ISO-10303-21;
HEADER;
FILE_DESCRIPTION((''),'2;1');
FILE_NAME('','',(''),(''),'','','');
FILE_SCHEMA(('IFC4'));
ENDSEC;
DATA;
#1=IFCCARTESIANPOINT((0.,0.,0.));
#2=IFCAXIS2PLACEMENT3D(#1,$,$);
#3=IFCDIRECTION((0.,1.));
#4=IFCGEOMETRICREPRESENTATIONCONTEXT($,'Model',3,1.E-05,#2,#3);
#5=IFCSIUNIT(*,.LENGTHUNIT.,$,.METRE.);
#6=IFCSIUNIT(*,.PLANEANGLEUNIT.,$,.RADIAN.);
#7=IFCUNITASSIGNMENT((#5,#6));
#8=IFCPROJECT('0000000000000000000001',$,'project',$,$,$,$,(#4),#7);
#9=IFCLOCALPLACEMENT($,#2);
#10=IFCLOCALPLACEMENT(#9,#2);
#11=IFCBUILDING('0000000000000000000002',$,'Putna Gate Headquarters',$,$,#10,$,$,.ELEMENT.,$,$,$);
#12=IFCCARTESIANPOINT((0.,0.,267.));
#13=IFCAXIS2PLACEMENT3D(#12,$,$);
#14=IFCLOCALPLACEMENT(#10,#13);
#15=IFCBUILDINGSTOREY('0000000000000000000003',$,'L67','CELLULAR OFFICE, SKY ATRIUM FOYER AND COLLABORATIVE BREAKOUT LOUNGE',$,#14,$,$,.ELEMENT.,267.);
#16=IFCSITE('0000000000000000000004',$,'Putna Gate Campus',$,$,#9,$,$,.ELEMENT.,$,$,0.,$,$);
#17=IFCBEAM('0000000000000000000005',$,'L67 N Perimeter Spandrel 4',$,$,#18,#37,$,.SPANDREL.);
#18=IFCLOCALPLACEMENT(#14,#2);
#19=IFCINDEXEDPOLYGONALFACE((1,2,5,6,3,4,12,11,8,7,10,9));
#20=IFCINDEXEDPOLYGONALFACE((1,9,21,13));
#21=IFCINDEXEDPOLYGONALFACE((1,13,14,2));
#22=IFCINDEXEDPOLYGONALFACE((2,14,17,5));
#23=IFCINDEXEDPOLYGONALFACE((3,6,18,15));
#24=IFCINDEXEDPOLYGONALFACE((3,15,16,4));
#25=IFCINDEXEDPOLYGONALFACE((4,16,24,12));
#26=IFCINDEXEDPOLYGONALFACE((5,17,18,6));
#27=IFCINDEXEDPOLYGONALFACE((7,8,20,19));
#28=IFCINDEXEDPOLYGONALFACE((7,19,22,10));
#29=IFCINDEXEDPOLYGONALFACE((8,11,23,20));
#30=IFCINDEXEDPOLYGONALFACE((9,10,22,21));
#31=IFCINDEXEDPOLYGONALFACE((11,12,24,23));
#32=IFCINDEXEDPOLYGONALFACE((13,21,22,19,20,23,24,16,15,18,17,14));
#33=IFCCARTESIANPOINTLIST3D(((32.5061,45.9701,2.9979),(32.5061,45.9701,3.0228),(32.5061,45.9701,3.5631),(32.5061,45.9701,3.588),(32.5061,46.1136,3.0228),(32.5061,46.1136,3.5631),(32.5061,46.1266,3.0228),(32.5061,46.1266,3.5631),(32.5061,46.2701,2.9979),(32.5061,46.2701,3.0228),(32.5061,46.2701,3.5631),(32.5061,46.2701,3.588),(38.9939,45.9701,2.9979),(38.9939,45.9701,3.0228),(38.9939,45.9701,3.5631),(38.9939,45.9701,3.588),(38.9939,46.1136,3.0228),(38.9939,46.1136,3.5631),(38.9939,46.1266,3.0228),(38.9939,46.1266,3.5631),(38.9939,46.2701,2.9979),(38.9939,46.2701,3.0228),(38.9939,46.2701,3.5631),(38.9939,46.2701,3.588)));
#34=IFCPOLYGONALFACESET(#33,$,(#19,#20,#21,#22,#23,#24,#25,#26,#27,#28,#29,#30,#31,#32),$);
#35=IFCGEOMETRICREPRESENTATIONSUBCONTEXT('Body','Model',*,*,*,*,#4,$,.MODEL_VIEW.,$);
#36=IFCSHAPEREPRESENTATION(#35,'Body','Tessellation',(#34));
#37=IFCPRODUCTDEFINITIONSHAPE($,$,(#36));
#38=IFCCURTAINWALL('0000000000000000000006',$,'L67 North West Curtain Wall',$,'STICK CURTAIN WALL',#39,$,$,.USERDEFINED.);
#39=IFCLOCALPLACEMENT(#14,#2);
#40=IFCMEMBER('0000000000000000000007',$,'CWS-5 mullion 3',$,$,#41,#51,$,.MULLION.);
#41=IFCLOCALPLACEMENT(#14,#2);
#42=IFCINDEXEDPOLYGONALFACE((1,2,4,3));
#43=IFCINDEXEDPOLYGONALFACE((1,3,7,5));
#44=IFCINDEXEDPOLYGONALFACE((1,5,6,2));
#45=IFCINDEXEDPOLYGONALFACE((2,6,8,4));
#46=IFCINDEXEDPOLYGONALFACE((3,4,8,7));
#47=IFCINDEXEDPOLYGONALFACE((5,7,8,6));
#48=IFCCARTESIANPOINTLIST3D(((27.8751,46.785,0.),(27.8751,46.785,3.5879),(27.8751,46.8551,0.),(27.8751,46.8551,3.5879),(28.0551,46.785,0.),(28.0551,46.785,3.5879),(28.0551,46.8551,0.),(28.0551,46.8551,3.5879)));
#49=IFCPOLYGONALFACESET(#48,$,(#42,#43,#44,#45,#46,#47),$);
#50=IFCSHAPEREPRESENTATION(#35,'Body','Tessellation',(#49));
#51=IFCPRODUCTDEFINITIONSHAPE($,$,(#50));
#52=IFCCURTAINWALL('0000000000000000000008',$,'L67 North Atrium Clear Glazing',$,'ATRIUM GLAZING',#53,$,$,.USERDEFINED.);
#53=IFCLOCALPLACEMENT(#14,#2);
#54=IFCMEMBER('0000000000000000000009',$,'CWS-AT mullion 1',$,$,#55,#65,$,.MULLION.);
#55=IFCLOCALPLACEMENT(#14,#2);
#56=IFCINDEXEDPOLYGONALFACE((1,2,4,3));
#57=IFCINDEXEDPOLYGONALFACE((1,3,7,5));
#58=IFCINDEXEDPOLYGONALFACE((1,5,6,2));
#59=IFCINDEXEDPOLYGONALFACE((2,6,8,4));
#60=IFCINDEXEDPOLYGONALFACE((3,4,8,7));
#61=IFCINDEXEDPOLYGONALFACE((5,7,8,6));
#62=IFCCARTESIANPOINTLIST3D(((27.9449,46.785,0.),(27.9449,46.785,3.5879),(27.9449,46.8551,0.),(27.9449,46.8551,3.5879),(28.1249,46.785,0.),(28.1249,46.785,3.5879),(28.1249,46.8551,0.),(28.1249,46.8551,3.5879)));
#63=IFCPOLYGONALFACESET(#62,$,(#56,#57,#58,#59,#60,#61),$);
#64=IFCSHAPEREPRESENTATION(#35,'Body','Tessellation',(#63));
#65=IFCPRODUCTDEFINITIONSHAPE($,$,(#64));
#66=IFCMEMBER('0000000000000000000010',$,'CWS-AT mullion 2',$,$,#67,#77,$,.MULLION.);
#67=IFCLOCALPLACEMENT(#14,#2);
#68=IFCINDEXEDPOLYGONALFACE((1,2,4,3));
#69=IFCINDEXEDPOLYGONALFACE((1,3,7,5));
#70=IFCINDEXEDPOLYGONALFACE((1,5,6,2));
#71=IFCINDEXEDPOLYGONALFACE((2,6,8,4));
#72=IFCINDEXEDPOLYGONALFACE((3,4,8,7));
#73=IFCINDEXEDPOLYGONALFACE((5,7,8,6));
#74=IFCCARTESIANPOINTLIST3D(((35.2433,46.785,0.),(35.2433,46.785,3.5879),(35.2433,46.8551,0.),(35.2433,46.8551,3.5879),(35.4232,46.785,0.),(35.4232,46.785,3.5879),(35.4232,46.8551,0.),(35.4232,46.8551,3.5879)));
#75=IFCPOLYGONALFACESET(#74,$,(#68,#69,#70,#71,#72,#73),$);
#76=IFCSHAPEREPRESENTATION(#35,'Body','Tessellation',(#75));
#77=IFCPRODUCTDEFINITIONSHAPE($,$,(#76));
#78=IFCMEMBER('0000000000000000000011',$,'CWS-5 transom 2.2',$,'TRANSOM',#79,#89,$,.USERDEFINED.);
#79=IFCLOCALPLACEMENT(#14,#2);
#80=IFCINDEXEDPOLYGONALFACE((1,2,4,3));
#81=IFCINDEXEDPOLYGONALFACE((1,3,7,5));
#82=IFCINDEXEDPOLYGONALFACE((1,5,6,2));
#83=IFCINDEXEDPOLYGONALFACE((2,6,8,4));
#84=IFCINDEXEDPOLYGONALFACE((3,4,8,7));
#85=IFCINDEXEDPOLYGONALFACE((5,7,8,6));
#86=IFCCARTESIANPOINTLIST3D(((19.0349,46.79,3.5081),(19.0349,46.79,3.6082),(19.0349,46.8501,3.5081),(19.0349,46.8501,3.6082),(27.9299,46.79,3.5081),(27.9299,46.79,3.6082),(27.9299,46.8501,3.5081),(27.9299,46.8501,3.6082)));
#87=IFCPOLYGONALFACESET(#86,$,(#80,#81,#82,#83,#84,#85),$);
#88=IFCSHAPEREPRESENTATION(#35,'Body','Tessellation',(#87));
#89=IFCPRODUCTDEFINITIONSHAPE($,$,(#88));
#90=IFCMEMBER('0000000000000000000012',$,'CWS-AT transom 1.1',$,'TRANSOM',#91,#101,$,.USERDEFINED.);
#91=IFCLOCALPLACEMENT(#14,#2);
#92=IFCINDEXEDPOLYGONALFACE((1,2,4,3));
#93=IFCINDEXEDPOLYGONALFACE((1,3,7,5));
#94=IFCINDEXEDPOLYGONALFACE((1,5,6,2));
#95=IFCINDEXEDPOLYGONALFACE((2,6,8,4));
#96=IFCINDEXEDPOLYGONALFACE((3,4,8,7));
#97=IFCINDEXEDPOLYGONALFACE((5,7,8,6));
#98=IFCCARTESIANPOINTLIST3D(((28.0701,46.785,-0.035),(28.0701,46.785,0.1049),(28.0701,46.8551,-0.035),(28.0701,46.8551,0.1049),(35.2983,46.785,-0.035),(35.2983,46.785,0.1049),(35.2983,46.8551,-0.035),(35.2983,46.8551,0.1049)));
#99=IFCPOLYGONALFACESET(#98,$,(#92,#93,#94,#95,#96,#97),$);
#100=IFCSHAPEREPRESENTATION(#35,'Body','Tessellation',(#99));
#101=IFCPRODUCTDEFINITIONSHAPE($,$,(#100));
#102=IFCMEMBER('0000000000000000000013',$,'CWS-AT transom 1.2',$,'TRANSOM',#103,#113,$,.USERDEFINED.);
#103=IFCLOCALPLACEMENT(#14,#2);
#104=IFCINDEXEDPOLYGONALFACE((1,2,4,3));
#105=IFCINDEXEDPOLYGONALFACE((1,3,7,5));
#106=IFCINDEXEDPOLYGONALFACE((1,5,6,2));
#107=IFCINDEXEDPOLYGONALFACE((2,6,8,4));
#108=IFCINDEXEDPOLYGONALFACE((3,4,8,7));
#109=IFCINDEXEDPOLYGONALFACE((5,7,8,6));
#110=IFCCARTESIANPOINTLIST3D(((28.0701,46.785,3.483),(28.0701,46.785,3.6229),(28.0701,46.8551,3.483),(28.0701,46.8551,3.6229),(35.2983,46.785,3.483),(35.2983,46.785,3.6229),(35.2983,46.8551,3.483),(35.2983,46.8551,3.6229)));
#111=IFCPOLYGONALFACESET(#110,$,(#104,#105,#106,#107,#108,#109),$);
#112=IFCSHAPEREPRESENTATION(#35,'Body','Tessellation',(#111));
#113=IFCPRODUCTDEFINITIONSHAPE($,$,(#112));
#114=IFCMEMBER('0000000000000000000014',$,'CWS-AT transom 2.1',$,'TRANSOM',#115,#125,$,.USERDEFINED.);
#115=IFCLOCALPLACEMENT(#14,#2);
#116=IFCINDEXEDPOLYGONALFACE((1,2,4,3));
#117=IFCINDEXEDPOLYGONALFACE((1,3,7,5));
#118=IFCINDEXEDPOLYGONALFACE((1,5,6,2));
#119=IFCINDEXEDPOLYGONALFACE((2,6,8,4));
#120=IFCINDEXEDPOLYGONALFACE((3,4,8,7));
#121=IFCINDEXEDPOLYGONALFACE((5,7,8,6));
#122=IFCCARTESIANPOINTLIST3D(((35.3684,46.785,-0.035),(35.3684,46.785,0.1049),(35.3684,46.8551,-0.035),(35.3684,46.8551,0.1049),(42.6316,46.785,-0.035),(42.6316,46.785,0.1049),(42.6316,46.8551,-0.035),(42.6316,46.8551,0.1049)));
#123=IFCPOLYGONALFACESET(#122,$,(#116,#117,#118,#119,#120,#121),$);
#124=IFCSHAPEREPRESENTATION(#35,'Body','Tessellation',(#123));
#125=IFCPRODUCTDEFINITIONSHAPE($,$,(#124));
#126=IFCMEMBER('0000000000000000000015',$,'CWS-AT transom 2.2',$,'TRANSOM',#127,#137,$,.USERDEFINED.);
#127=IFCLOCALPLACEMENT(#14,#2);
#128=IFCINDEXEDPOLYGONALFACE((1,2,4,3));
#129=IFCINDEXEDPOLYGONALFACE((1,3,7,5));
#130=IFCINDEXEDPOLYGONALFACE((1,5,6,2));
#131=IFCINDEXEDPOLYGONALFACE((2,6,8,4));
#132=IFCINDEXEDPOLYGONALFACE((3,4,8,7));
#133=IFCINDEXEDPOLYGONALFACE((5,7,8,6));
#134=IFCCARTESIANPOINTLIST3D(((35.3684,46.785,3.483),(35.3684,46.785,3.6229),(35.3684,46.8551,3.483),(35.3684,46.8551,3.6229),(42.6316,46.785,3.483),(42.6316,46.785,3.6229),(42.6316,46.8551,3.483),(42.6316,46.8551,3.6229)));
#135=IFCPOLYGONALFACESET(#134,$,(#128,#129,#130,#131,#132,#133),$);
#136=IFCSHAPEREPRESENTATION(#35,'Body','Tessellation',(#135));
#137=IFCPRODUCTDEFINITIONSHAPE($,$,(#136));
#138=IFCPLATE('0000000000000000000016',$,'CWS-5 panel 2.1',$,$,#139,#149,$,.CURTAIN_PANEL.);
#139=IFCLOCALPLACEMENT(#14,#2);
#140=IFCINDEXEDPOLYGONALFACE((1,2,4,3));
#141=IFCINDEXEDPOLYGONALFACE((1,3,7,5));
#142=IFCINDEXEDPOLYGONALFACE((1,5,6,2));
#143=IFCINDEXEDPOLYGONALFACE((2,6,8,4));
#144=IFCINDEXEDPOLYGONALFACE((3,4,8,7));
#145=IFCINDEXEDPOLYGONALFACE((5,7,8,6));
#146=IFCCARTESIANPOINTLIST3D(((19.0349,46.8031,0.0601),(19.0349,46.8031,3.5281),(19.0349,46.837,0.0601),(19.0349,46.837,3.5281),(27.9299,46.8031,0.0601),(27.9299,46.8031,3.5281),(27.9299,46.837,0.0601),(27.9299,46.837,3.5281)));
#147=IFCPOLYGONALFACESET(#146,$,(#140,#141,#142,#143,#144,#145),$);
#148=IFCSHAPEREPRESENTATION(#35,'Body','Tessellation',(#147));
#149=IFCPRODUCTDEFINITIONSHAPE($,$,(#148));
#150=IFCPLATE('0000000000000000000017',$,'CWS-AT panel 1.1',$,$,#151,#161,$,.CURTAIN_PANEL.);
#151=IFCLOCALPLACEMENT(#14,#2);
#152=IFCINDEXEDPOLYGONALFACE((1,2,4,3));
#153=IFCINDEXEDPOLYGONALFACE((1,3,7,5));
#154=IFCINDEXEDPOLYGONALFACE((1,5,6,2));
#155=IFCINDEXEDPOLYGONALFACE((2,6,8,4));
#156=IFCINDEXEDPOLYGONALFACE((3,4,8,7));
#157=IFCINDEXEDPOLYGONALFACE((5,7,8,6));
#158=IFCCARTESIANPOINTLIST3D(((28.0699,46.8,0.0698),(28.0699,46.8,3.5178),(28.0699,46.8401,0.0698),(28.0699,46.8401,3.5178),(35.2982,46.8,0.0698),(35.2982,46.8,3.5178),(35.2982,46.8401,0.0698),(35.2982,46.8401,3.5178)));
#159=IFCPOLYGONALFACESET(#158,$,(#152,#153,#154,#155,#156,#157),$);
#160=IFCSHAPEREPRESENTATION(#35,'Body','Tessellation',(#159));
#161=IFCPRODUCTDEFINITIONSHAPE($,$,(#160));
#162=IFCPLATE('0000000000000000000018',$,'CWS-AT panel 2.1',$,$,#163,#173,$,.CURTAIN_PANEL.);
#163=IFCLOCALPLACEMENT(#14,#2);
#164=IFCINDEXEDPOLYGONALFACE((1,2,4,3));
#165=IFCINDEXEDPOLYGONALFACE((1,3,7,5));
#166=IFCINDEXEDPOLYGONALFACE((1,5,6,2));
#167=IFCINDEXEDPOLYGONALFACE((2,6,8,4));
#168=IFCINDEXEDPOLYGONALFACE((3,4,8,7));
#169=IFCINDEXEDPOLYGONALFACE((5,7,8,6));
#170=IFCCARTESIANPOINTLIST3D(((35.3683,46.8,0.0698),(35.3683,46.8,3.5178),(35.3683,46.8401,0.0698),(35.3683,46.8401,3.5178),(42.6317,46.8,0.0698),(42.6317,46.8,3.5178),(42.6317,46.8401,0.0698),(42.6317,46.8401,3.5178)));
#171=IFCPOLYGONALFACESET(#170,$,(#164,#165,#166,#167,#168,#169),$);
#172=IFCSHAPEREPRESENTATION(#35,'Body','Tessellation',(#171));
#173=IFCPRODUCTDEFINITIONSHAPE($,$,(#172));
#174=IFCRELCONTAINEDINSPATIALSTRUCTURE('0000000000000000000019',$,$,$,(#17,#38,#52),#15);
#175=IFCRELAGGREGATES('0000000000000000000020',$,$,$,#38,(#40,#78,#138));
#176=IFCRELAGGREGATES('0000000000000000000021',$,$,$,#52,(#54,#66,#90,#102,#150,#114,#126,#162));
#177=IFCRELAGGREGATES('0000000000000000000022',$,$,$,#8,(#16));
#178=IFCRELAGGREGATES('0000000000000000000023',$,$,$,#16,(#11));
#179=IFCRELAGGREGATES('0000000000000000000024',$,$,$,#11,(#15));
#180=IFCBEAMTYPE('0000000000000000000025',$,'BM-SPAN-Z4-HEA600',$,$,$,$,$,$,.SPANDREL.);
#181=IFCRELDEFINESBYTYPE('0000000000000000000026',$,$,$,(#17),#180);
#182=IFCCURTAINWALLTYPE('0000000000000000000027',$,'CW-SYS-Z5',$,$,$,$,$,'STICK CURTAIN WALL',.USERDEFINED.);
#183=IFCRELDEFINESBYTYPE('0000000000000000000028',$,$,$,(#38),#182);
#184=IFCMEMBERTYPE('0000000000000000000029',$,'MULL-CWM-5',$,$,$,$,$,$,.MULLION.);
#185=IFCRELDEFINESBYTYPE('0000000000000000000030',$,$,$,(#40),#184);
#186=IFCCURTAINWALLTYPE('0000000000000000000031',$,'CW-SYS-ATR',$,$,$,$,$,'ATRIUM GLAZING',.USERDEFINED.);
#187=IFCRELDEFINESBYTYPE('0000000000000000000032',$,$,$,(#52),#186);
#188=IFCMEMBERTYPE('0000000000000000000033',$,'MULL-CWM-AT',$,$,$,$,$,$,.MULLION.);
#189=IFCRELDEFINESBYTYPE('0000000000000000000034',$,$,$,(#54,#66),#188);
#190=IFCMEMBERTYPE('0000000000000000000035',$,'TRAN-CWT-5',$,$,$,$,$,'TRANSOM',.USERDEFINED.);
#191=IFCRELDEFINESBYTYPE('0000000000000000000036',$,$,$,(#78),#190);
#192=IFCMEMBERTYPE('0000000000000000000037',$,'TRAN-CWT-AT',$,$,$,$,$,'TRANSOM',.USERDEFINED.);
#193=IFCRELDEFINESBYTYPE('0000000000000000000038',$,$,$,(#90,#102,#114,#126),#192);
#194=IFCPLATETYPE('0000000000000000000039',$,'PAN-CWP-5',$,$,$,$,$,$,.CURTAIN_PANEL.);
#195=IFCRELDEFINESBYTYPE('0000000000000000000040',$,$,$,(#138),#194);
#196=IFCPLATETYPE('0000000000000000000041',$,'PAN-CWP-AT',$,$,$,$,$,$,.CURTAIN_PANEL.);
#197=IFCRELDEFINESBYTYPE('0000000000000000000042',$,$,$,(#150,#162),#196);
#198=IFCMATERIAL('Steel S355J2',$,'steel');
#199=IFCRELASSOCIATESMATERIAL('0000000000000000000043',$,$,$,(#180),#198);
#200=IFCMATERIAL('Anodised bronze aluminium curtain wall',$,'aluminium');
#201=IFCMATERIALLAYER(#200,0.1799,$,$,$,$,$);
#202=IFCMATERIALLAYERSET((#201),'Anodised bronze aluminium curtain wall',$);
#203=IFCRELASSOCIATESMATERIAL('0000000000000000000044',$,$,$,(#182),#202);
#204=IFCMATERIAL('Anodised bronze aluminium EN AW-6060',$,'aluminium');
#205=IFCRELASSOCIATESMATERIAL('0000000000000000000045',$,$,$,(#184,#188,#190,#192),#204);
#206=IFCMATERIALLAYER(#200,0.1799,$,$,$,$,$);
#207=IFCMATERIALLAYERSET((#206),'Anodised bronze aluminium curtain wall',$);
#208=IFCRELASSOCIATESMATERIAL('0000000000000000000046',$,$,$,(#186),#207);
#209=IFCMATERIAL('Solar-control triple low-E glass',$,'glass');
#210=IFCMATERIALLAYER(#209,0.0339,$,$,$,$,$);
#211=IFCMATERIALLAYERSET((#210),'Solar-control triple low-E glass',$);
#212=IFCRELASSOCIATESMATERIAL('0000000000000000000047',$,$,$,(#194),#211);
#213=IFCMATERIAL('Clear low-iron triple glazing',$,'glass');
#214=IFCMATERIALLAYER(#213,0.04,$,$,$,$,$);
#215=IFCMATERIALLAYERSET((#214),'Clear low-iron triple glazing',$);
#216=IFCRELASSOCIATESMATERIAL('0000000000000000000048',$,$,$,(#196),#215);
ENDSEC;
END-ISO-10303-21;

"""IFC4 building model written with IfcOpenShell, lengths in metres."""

from ifc_helpers import new_model, si_unit, direction, frame, origin, origin_2d, place, context, subcontext, project, spatial, rectangle, i_section, extrude, material, layer, layer_set, material_profile, profile_set, type_object, element, aggregate, save


model = new_model("IFC4")

# Units and contexts
model_context = context("Model", 3, precision=1e-05, world=origin(), true_north=direction((0.0, 1.0)))
body_context = subcontext(model_context, "Body", "Model", "MODEL_VIEW")
ifc_project = project(units=[si_unit("LENGTHUNIT", "METRE"), si_unit("PLANEANGLEUNIT", "RADIAN")], contexts=[model_context])

# Site, building, storey
site_placement = place(None, origin())
site = spatial("IfcSite", under=ifc_project, at=site_placement, Name="Putna Gate Campus", CompositionType="ELEMENT", RefElevation=0.0)
building_placement = place(site_placement, origin())
building = spatial("IfcBuilding", under=site, at=building_placement, Name="Putna Gate Headquarters", CompositionType="ELEMENT")
storey_placement = place(building_placement, frame((0.0, 0.0, 267.0)))
storey = spatial("IfcBuildingStorey", under=building, at=storey_placement, Name="L67", Description="CELLULAR OFFICE, SKY ATRIUM FOYER AND COLLABORATIVE BREAKOUT LOUNGE", CompositionType="ELEMENT", Elevation=267.0)

# Beam
ifc_material_1 = material(Name="Steel S355J2", Category="steel")
ifc_material_profile_1 = material_profile(ifc_material_1, i_section(OverallWidth=0.3, OverallDepth=0.5901, WebThickness=0.0129, FlangeThickness=0.0249, at=origin_2d()), Name="Steel S355J2")
ifc_profile_set_1 = profile_set([ifc_material_profile_1], Name="Steel S355J2")
beam_type_1 = type_object("IfcBeamType", Name="BM-SPAN-Z4-HEA600", PredefinedType="SPANDREL", material=ifc_profile_set_1)
for number, where, z_axis, x_axis, name in (
    (1, (32.5061, 46.1201, 3.293), (1.0, 0.0, 0.0), (0.0, 1.0, 0.0), "L67 N Perimeter Spandrel 4"),
):
    element("IfcBeam", number, at=place(storey_placement, frame(where, z_axis=z_axis, x_axis=x_axis)), inside=storey, type_object=beam_type_1, Name=name, PredefinedType="SPANDREL", context=body_context, shape_type="SweptSolid", body=[
        extrude(i_section(OverallWidth=0.3, OverallDepth=0.5901, WebThickness=0.0129, FlangeThickness=0.0249, at=origin_2d()), origin(), (0.0, 0.0, 1.0), 6.4878),
    ])

# Curtain wall, member
ifc_material_2 = material(Name="Anodised bronze aluminium curtain wall", Category="aluminium")
ifc_layer_1 = layer(ifc_material_2, 0.1799)
ifc_layer_set_1 = layer_set([ifc_layer_1], Name="Anodised bronze aluminium curtain wall")
curtain_wall_type_1 = type_object("IfcCurtainWallType", Name="CW-SYS-Z5", ElementType="STICK CURTAIN WALL", PredefinedType="USERDEFINED", material=ifc_layer_set_1)
curtain_wall_1_placement = place(storey_placement, origin())
curtain_wall_1 = element("IfcCurtainWall", 2, at=curtain_wall_1_placement, inside=storey, type_object=curtain_wall_type_1, Name="L67 North West Curtain Wall", ObjectType="STICK CURTAIN WALL", PredefinedType="USERDEFINED")
ifc_material_3 = material(Name="Anodised bronze aluminium EN AW-6060", Category="aluminium")
ifc_material_profile_2 = material_profile(ifc_material_3, rectangle(XDim=0.0701, YDim=0.1799, at=origin_2d()), Name="Anodised bronze aluminium EN AW-6060")
ifc_profile_set_2 = profile_set([ifc_material_profile_2], Name="Anodised bronze aluminium EN AW-6060")
member_type_1 = type_object("IfcMemberType", Name="MULL-CWM-5", PredefinedType="MULLION", material=ifc_profile_set_2)
member_1_placement = place(storey_placement, frame((27.9651, 46.8201, 0.0), z_axis=(0.0, 0.0, 1.0), x_axis=(0.0, 1.0, 0.0)))
member_1 = element("IfcMember", 3, at=member_1_placement, type_object=member_type_1, Name="CWS-5 mullion 3", PredefinedType="MULLION", context=body_context, shape_type="SweptSolid", body=[
    extrude(rectangle(XDim=0.0701, YDim=0.1799, at=origin_2d()), origin(), (0.0, 0.0, 1.0), 3.5879),
])

# Curtain wall, members
ifc_layer_2 = layer(ifc_material_2, 0.1799)
ifc_layer_set_2 = layer_set([ifc_layer_2], Name="Anodised bronze aluminium curtain wall")
curtain_wall_type_2 = type_object("IfcCurtainWallType", Name="CW-SYS-ATR", ElementType="ATRIUM GLAZING", PredefinedType="USERDEFINED", material=ifc_layer_set_2)
curtain_wall_2_placement = place(storey_placement, origin())
curtain_wall_2 = element("IfcCurtainWall", 4, at=curtain_wall_2_placement, inside=storey, type_object=curtain_wall_type_2, Name="L67 North Atrium Clear Glazing", ObjectType="ATRIUM GLAZING", PredefinedType="USERDEFINED")
ifc_material_profile_3 = material_profile(ifc_material_3, rectangle(XDim=0.0701, YDim=0.1799, at=origin_2d()), Name="Anodised bronze aluminium EN AW-6060")
ifc_profile_set_3 = profile_set([ifc_material_profile_3], Name="Anodised bronze aluminium EN AW-6060")
member_type_2 = type_object("IfcMemberType", Name="MULL-CWM-AT", PredefinedType="MULLION", material=ifc_profile_set_3)
member_2_placement = place(storey_placement, frame((28.0349, 46.8201, 0.0), z_axis=(0.0, 0.0, 1.0), x_axis=(0.0, 1.0, 0.0)))
member_2 = element("IfcMember", 5, at=member_2_placement, type_object=member_type_2, Name="CWS-AT mullion 1", PredefinedType="MULLION", context=body_context, shape_type="SweptSolid", body=[
    extrude(rectangle(XDim=0.0701, YDim=0.1799, at=origin_2d()), origin(), (0.0, 0.0, 1.0), 3.5879),
])
member_3_placement = place(storey_placement, frame((35.3333, 46.8201, 0.0), z_axis=(0.0, 0.0, 1.0), x_axis=(0.0, 1.0, 0.0)))
member_3 = element("IfcMember", 6, at=member_3_placement, type_object=member_type_2, Name="CWS-AT mullion 2", PredefinedType="MULLION", context=body_context, shape_type="SweptSolid", body=[
    extrude(rectangle(XDim=0.0701, YDim=0.1799, at=origin_2d()), origin(), (0.0, 0.0, 1.0), 3.5879),
])

# Members
ifc_material_profile_4 = material_profile(ifc_material_3, rectangle(XDim=0.0601, YDim=0.1001, at=origin_2d()), Name="Anodised bronze aluminium EN AW-6060")
ifc_profile_set_4 = profile_set([ifc_material_profile_4], Name="Anodised bronze aluminium EN AW-6060")
member_type_3 = type_object("IfcMemberType", Name="TRAN-CWT-5", ElementType="TRANSOM", PredefinedType="USERDEFINED", material=ifc_profile_set_4)
member_4_placement = place(storey_placement, frame((19.0349, 46.8201, 3.5581), z_axis=(1.0, 0.0, 0.0), x_axis=(0.0, 1.0, 0.0)))
member_4 = element("IfcMember", 7, at=member_4_placement, type_object=member_type_3, Name="CWS-5 transom 2.2", ObjectType="TRANSOM", PredefinedType="USERDEFINED", context=body_context, shape_type="SweptSolid", body=[
    extrude(rectangle(XDim=0.0601, YDim=0.1001, at=origin_2d()), origin(), (0.0, 0.0, 1.0), 8.895),
])
ifc_material_profile_5 = material_profile(ifc_material_3, rectangle(XDim=0.0701, YDim=0.1399, at=origin_2d()), Name="Anodised bronze aluminium EN AW-6060")
ifc_profile_set_5 = profile_set([ifc_material_profile_5], Name="Anodised bronze aluminium EN AW-6060")
member_type_4 = type_object("IfcMemberType", Name="TRAN-CWT-AT", ElementType="TRANSOM", PredefinedType="USERDEFINED", material=ifc_profile_set_5)
member_5_placement = place(storey_placement, frame((28.0701, 46.8201, 0.0349), z_axis=(1.0, 0.0, 0.0), x_axis=(0.0, 1.0, 0.0)))
member_5 = element("IfcMember", 8, at=member_5_placement, type_object=member_type_4, Name="CWS-AT transom 1.1", ObjectType="TRANSOM", PredefinedType="USERDEFINED", context=body_context, shape_type="SweptSolid", body=[
    extrude(rectangle(XDim=0.0701, YDim=0.1399, at=origin_2d()), origin(), (0.0, 0.0, 1.0), 7.2283),
])
member_6_placement = place(storey_placement, frame((28.0701, 46.8201, 3.553), z_axis=(1.0, 0.0, 0.0), x_axis=(0.0, 1.0, 0.0)))
member_6 = element("IfcMember", 9, at=member_6_placement, type_object=member_type_4, Name="CWS-AT transom 1.2", ObjectType="TRANSOM", PredefinedType="USERDEFINED", context=body_context, shape_type="SweptSolid", body=[
    extrude(rectangle(XDim=0.0701, YDim=0.1399, at=origin_2d()), origin(), (0.0, 0.0, 1.0), 7.2283),
])
member_7_placement = place(storey_placement, frame((35.3684, 46.8201, 0.0349), z_axis=(1.0, 0.0, 0.0), x_axis=(0.0, 1.0, 0.0)))
member_7 = element("IfcMember", 10, at=member_7_placement, type_object=member_type_4, Name="CWS-AT transom 2.1", ObjectType="TRANSOM", PredefinedType="USERDEFINED", context=body_context, shape_type="SweptSolid", body=[
    extrude(rectangle(XDim=0.0701, YDim=0.1399, at=origin_2d()), origin(), (0.0, 0.0, 1.0), 7.2632),
])
member_8_placement = place(storey_placement, frame((35.3684, 46.8201, 3.553), z_axis=(1.0, 0.0, 0.0), x_axis=(0.0, 1.0, 0.0)))
member_8 = element("IfcMember", 11, at=member_8_placement, type_object=member_type_4, Name="CWS-AT transom 2.2", ObjectType="TRANSOM", PredefinedType="USERDEFINED", context=body_context, shape_type="SweptSolid", body=[
    extrude(rectangle(XDim=0.0701, YDim=0.1399, at=origin_2d()), origin(), (0.0, 0.0, 1.0), 7.2632),
])

# Plates
ifc_material_4 = material(Name="Solar-control triple low-E glass", Category="glass")
ifc_layer_3 = layer(ifc_material_4, 0.0339)
ifc_layer_set_3 = layer_set([ifc_layer_3], Name="Solar-control triple low-E glass")
plate_type_1 = type_object("IfcPlateType", Name="PAN-CWP-5", PredefinedType="CURTAIN_PANEL", material=ifc_layer_set_3)
plate_1_placement = place(storey_placement, frame((23.4824, 46.8201, 0.0601), z_axis=(0.0, 0.0, 1.0), x_axis=(1.0, 0.0, 0.0)))
plate_1 = element("IfcPlate", 12, at=plate_1_placement, type_object=plate_type_1, Name="CWS-5 panel 2.1", PredefinedType="CURTAIN_PANEL", context=body_context, shape_type="SweptSolid", body=[
    extrude(rectangle(XDim=8.895, YDim=0.0339, at=origin_2d()), origin(), (0.0, 0.0, 1.0), 3.468),
])
aggregate(curtain_wall_1, [member_1, member_4, plate_1])
ifc_material_5 = material(Name="Clear low-iron triple glazing", Category="glass")
ifc_layer_4 = layer(ifc_material_5, 0.04)
ifc_layer_set_4 = layer_set([ifc_layer_4], Name="Clear low-iron triple glazing")
plate_type_2 = type_object("IfcPlateType", Name="PAN-CWP-AT", PredefinedType="CURTAIN_PANEL", material=ifc_layer_set_4)
plate_2_placement = place(storey_placement, frame((31.6841, 46.8201, 0.0698), z_axis=(0.0, 0.0, 1.0), x_axis=(1.0, 0.0, 0.0)))
plate_2 = element("IfcPlate", 13, at=plate_2_placement, type_object=plate_type_2, Name="CWS-AT panel 1.1", PredefinedType="CURTAIN_PANEL", context=body_context, shape_type="SweptSolid", body=[
    extrude(rectangle(XDim=7.2283, YDim=0.04, at=origin_2d()), origin(), (0.0, 0.0, 1.0), 3.448),
])
plate_3_placement = place(storey_placement, frame((39.0, 46.8201, 0.0698), z_axis=(0.0, 0.0, 1.0), x_axis=(1.0, 0.0, 0.0)))
plate_3 = element("IfcPlate", 14, at=plate_3_placement, type_object=plate_type_2, Name="CWS-AT panel 2.1", PredefinedType="CURTAIN_PANEL", context=body_context, shape_type="SweptSolid", body=[
    extrude(rectangle(XDim=7.2634, YDim=0.04, at=origin_2d()), origin(), (0.0, 0.0, 1.0), 3.448),
])
aggregate(curtain_wall_2, [member_2, member_3, member_5, member_6, plate_2, member_7, member_8, plate_3])

save(model, "model.ifc")
